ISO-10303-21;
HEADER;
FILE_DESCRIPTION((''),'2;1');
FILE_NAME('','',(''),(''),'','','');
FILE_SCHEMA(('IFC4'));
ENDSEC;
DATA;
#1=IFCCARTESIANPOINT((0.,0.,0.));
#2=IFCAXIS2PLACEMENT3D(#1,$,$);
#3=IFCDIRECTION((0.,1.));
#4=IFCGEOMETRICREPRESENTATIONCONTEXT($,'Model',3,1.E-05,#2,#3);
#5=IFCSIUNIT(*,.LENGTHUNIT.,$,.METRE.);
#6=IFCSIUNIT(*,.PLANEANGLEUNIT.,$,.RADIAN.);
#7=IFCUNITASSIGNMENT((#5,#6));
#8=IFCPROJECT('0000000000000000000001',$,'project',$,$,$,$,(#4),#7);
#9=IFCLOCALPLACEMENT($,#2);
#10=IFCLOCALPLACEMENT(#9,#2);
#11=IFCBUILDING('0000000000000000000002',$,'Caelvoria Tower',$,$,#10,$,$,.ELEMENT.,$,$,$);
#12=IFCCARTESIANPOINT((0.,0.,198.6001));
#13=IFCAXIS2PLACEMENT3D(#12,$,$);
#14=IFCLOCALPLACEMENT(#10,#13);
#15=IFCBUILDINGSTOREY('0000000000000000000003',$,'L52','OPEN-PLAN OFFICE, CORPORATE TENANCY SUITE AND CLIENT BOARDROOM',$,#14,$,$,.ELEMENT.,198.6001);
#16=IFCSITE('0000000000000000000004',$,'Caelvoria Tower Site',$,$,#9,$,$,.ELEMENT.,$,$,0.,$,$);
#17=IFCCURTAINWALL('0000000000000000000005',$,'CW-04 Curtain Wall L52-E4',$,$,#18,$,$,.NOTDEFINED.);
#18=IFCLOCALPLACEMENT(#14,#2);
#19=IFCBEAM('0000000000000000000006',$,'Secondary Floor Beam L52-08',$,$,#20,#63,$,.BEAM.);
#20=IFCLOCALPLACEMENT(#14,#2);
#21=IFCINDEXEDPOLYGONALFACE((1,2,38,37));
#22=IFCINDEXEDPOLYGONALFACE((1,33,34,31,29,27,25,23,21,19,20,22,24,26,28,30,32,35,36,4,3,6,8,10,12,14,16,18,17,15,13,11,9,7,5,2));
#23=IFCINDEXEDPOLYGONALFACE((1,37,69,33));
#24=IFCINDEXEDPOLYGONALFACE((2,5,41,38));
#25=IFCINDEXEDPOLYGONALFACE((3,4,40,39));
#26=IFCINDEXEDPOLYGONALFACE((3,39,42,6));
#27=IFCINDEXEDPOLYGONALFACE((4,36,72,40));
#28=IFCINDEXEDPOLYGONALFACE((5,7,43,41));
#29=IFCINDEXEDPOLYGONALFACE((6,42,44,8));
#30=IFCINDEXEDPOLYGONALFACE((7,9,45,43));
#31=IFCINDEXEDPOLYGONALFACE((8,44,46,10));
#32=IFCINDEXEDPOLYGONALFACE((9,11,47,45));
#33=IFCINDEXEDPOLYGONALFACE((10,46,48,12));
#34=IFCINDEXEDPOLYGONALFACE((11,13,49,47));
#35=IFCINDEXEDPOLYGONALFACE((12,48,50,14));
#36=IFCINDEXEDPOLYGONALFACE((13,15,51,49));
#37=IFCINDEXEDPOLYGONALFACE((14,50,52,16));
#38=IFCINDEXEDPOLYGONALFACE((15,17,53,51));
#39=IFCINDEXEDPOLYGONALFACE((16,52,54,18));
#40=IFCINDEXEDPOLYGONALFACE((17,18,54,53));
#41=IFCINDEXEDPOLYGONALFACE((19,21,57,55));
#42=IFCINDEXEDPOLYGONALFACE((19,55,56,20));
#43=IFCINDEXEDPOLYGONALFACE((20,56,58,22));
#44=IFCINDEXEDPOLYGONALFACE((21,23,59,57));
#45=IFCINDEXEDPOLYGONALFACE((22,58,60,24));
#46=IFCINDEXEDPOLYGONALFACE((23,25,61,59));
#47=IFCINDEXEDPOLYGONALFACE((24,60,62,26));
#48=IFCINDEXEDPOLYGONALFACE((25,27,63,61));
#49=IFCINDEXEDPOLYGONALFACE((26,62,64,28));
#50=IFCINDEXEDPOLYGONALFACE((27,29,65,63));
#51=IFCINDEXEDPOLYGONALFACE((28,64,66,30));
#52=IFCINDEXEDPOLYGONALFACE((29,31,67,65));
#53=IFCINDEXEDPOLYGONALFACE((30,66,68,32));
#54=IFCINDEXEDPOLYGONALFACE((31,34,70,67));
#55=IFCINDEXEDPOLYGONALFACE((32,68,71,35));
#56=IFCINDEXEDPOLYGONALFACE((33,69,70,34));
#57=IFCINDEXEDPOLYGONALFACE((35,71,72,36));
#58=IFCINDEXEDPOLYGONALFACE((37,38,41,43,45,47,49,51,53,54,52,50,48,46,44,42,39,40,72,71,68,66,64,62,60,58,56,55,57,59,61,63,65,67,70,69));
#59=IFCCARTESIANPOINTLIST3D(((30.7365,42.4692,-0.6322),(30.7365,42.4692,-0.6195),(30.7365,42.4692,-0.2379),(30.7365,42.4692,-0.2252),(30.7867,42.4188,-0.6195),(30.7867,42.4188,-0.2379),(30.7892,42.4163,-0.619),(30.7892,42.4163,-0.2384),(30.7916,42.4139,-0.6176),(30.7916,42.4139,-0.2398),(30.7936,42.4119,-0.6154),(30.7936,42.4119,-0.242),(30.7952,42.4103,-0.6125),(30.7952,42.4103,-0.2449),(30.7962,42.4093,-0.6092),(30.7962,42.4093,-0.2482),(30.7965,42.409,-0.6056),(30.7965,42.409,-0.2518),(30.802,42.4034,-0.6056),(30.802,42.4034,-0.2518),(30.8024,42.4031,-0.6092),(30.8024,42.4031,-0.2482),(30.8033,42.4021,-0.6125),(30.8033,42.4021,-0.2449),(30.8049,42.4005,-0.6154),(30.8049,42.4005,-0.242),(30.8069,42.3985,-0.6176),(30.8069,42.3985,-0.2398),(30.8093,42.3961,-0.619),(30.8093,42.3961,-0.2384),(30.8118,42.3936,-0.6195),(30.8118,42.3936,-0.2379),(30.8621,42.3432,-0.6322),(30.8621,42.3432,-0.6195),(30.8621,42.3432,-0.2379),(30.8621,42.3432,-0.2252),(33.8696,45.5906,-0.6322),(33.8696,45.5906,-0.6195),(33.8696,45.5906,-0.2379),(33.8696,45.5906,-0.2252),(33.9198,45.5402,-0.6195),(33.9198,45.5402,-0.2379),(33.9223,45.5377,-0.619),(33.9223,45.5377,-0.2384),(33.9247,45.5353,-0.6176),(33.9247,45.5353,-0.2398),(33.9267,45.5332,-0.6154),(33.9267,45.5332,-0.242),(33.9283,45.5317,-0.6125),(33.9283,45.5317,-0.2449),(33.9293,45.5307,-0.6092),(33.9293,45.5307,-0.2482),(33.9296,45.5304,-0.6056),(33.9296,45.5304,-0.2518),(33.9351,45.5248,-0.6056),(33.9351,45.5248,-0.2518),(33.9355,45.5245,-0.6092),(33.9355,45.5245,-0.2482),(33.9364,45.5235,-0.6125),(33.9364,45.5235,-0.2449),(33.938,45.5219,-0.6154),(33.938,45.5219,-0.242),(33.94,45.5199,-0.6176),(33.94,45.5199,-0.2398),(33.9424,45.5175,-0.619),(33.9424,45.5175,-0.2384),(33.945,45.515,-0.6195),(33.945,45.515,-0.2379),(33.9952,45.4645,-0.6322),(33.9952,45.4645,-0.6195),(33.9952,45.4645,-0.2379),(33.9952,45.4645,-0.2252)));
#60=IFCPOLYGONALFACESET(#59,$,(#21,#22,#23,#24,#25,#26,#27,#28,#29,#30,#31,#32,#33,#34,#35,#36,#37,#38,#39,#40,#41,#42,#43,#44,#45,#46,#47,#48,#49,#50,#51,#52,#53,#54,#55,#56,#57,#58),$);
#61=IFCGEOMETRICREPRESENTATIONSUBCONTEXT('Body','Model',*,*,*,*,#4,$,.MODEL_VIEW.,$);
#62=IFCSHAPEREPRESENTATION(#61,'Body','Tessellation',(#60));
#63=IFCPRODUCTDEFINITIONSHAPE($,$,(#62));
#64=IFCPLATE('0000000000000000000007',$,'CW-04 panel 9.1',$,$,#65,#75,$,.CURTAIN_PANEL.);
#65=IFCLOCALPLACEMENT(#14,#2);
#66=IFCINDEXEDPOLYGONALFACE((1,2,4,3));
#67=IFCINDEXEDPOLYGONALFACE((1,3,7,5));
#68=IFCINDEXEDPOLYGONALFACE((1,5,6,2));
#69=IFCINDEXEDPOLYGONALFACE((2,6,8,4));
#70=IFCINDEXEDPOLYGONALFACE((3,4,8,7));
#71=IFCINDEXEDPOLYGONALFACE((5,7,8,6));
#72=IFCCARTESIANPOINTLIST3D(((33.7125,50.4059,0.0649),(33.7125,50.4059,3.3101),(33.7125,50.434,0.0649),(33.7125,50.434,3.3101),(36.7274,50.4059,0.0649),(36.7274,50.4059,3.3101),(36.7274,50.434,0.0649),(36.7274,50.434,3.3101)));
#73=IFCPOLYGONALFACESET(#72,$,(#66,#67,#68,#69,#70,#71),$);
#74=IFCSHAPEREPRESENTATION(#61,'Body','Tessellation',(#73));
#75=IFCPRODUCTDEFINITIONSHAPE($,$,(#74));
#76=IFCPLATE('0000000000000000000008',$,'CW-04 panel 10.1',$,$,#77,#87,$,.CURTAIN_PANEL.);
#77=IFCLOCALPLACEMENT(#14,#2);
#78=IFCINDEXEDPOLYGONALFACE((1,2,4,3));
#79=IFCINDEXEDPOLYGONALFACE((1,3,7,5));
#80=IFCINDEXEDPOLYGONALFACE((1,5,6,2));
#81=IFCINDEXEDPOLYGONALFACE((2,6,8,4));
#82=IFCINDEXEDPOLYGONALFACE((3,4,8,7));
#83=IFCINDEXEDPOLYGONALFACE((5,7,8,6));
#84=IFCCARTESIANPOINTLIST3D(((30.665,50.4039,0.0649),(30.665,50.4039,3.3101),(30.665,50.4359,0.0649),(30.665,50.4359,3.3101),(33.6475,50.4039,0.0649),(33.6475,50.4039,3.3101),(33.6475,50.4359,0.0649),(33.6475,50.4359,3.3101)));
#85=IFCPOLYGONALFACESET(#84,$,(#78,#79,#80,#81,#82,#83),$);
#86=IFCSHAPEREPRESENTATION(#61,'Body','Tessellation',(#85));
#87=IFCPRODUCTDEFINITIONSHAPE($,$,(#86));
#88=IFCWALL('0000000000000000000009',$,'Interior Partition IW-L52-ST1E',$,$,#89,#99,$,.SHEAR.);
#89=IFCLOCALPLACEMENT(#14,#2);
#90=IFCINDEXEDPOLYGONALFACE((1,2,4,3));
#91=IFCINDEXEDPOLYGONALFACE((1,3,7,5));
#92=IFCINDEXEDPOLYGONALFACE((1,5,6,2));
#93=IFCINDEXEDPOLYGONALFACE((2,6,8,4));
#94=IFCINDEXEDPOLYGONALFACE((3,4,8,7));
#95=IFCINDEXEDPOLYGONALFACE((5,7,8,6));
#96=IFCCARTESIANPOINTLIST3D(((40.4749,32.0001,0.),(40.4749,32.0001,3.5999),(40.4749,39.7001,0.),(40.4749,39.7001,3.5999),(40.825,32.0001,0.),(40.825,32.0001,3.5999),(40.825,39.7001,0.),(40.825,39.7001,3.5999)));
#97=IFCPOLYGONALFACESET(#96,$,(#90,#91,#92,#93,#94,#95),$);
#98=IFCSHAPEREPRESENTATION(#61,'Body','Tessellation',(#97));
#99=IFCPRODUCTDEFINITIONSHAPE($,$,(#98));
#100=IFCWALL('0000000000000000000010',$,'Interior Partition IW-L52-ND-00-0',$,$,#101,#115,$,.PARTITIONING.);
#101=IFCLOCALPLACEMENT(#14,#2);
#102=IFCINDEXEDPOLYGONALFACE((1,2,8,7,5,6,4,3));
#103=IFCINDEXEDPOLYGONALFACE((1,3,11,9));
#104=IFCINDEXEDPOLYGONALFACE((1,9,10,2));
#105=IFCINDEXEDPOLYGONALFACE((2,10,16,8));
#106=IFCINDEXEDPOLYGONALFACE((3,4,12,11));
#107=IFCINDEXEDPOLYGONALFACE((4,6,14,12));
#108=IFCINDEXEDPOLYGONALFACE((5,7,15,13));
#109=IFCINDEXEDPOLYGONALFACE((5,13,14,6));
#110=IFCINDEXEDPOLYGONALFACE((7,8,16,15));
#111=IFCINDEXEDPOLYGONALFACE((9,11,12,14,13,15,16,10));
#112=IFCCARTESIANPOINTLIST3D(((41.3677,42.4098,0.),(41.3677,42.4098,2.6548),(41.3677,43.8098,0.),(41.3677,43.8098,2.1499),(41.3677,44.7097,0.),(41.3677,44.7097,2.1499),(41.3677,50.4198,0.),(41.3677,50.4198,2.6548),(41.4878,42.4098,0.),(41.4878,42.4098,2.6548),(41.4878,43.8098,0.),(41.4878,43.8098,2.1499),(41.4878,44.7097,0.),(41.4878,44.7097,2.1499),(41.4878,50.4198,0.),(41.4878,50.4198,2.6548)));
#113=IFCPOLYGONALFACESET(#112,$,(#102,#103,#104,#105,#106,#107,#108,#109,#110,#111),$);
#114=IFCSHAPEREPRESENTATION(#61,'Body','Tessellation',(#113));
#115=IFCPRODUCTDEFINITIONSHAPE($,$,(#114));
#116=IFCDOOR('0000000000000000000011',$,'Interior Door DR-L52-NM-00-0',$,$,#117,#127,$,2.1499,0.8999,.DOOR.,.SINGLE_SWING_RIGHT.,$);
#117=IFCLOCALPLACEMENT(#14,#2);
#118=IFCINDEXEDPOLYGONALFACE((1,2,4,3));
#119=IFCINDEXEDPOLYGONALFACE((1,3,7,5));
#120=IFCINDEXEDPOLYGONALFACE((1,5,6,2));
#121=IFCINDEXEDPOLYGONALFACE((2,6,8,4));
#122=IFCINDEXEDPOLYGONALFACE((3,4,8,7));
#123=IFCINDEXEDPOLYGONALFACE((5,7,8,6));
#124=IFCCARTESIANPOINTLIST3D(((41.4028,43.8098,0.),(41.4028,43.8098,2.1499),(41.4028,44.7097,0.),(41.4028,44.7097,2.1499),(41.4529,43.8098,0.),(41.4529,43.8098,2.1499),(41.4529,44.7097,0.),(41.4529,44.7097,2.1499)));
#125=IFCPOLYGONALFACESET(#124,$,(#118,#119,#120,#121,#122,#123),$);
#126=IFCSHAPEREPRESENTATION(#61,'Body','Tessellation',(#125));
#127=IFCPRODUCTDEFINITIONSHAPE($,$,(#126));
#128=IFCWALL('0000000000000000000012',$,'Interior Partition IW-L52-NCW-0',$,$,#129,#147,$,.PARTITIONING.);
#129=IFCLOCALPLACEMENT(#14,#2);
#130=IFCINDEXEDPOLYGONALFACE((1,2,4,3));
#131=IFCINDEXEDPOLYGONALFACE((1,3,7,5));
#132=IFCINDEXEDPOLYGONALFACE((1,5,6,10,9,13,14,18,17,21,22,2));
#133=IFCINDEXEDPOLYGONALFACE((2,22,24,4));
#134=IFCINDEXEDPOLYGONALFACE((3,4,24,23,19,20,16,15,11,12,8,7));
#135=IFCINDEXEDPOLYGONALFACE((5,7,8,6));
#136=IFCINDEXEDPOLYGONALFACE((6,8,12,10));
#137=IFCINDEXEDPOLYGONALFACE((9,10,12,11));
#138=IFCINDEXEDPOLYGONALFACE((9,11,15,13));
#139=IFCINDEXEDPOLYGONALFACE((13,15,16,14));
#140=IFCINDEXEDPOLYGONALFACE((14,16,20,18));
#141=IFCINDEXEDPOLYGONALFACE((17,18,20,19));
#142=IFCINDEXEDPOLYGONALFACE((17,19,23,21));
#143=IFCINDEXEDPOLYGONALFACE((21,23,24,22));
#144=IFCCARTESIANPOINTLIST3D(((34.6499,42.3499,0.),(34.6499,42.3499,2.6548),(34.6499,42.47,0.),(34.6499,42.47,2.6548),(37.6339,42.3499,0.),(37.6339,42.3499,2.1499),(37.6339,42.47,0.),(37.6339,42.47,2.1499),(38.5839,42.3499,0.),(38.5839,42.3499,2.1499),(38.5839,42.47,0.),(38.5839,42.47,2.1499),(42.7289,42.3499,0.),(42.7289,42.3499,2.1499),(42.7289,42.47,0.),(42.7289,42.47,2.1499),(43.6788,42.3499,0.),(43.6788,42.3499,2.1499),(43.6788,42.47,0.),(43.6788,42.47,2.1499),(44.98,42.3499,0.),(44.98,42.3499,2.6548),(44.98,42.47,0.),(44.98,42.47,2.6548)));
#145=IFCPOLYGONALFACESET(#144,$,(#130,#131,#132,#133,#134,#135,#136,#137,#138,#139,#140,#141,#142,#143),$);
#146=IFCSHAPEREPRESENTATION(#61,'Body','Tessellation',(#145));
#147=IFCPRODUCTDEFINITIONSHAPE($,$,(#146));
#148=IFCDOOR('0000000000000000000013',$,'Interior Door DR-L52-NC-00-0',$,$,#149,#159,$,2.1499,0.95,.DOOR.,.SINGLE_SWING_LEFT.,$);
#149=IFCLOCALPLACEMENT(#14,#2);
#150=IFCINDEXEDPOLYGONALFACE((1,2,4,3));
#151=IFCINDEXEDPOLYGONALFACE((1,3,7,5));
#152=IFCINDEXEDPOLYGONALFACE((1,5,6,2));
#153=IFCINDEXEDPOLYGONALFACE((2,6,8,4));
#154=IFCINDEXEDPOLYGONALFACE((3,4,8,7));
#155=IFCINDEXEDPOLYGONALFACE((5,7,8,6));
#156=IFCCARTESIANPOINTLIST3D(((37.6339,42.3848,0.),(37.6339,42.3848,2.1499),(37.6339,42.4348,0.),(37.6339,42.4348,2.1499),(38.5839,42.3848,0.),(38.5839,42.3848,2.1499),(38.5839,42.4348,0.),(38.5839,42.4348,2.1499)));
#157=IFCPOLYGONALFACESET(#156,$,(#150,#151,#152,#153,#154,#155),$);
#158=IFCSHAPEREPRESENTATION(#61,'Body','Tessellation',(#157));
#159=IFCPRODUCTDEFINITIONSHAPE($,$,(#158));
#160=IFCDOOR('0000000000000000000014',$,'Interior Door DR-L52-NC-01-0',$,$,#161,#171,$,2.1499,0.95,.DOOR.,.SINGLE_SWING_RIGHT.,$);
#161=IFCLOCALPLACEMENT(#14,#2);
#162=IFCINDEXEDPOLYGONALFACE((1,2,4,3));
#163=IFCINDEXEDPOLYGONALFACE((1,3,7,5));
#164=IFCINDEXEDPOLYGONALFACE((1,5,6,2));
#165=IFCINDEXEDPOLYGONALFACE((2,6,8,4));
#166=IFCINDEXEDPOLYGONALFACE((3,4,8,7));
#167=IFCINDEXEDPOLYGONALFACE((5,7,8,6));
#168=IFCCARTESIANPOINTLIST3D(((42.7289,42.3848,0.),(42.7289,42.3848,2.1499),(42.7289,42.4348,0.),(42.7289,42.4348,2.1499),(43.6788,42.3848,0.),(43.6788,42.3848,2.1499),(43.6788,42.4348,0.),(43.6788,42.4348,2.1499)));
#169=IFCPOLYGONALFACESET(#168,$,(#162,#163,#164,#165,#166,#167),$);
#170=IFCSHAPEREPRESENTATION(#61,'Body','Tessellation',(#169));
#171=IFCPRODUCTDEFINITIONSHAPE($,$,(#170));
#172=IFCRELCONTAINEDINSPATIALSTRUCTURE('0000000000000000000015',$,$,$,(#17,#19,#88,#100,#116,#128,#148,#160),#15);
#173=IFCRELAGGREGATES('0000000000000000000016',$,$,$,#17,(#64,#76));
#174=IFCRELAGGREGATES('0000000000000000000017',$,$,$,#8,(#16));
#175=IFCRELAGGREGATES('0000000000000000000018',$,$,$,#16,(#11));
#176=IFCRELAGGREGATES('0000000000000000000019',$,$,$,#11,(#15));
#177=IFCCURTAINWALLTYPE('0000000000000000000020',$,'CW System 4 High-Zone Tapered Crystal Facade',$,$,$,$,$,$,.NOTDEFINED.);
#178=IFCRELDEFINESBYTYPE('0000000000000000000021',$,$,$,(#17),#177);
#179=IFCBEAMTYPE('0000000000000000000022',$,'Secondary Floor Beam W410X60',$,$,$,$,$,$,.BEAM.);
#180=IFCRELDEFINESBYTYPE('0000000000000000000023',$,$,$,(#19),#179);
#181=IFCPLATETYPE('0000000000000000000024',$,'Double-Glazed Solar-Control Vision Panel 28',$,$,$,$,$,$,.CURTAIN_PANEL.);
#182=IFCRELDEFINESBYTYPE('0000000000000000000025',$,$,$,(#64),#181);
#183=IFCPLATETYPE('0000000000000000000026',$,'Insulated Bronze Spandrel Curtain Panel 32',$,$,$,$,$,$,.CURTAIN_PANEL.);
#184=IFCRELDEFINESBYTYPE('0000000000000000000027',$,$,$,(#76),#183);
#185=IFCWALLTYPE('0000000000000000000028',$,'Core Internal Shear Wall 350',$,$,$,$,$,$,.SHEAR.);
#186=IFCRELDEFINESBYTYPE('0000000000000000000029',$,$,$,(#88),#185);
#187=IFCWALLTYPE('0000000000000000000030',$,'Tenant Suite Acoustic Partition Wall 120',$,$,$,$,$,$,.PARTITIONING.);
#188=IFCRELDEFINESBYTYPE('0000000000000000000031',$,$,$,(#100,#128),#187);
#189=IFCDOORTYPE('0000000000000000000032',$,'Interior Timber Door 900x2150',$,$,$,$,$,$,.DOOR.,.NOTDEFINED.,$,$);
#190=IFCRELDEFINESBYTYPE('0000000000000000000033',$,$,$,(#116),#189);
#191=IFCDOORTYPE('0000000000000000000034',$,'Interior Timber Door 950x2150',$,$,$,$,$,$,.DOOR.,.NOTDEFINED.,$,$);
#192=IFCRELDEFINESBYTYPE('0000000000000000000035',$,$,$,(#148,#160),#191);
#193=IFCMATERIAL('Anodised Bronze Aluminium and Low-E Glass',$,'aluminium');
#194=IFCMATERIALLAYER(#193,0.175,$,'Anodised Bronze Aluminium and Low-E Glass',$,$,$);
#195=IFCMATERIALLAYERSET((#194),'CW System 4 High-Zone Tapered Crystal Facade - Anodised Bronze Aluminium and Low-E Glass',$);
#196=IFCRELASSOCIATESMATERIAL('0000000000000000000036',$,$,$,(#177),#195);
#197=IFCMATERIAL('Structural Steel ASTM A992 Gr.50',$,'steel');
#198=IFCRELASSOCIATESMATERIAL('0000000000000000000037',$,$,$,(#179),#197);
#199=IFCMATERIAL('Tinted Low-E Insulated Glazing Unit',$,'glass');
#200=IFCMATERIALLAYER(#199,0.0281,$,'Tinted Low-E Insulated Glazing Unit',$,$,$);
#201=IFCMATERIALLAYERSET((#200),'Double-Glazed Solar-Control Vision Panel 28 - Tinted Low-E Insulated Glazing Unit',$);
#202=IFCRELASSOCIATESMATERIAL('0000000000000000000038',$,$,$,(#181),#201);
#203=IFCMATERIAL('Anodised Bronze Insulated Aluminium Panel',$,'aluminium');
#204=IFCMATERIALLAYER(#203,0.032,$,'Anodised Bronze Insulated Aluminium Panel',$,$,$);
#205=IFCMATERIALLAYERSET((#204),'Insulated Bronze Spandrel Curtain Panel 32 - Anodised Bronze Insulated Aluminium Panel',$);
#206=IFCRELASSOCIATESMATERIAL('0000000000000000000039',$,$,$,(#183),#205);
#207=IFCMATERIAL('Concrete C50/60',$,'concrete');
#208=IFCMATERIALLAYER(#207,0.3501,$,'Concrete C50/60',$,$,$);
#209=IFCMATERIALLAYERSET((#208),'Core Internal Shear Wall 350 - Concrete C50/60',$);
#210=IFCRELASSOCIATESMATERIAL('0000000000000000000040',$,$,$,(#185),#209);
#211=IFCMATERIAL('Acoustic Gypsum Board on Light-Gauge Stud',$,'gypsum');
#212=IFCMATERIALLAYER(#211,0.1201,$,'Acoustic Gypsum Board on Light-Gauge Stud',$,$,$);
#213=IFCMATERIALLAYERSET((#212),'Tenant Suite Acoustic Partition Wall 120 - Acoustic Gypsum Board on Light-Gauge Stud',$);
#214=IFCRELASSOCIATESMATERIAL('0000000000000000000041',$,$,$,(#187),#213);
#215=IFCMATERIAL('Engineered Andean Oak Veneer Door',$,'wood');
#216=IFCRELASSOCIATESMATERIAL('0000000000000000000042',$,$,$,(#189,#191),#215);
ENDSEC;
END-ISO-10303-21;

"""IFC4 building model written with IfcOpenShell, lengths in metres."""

from ifc_helpers import new_model, si_unit, direction, frame, frame_2d, origin, origin_2d, place, context, subcontext, project, spatial, rectangle, i_section, extrude, material, layer, layer_set, material_profile, profile_set, type_object, element, fill, aggregate, save


model = new_model("IFC4")

# Units and contexts
model_context = context("Model", 3, precision=1e-05, world=origin(), true_north=direction((0.0, 1.0)))
body_context = subcontext(model_context, "Body", "Model", "MODEL_VIEW")
ifc_project = project(units=[si_unit("LENGTHUNIT", "METRE"), si_unit("PLANEANGLEUNIT", "RADIAN")], contexts=[model_context])

# Site, building, storey
site_placement = place(None, origin())
site = spatial("IfcSite", under=ifc_project, at=site_placement, Name="Caelvoria Tower Site", CompositionType="ELEMENT", RefElevation=0.0)
building_placement = place(site_placement, origin())
building = spatial("IfcBuilding", under=site, at=building_placement, Name="Caelvoria Tower", CompositionType="ELEMENT")
storey_placement = place(building_placement, frame((0.0, 0.0, 198.6001)))
storey = spatial("IfcBuildingStorey", under=building, at=storey_placement, Name="L52", Description="OPEN-PLAN OFFICE, CORPORATE TENANCY SUITE AND CLIENT BOARDROOM", CompositionType="ELEMENT", Elevation=198.6001)

# Shared definitions
ifc_material_1 = material(Name="Structural Steel ASTM A992 Gr.50", Category="steel")

# Curtain wall
ifc_material_2 = material(Name="Anodised Bronze Aluminium and Low-E Glass", Category="aluminium")
ifc_layer_1 = layer(ifc_material_2, 0.175, Name="Anodised Bronze Aluminium and Low-E Glass")
ifc_layer_set_1 = layer_set([ifc_layer_1], Name="CW System 4 High-Zone Tapered Crystal Facade - Anodised Bronze Aluminium and Low-E Glass")
curtain_wall_type = type_object("IfcCurtainWallType", Name="CW System 4 High-Zone Tapered Crystal Facade", PredefinedType="NOTDEFINED", material=ifc_layer_set_1)
curtain_wall_placement = place(storey_placement, origin())
curtain_wall = element("IfcCurtainWall", 1, at=curtain_wall_placement, inside=storey, type_object=curtain_wall_type, Name="CW-04 Curtain Wall L52-E4", PredefinedType="NOTDEFINED")

# Beam
ifc_material_profile_1 = material_profile(ifc_material_1, i_section(OverallWidth=0.178, OverallDepth=0.407, WebThickness=0.0078, FlangeThickness=0.0127, FilletRadius=0.0139, at=origin_2d()), Name="Structural Steel ASTM A992 Gr.50")
ifc_profile_set_1 = profile_set([ifc_material_profile_1], Name="W410X60 - Structural Steel ASTM A992 Gr.50")
beam_type_1 = type_object("IfcBeamType", Name="Secondary Floor Beam W410X60", PredefinedType="BEAM", material=ifc_profile_set_1)
beam_1_placement = place(storey_placement, frame((33.9324, 45.5276, -0.4287), z_axis=(-0.70843, -0.705781, 0.0), x_axis=(0.705781, -0.70843, 0.0)))
element("IfcBeam", 2, at=beam_1_placement, inside=storey, type_object=beam_type_1, Name="Secondary Floor Beam L52-08", PredefinedType="BEAM", context=body_context, shape_type="SweptSolid", body=[
    extrude(i_section(OverallWidth=0.178, OverallDepth=0.407, WebThickness=0.0078, FlangeThickness=0.0127, FilletRadius=0.0139, at=origin_2d()), origin(), (0.0, 0.0, 1.0), 4.4226),
])

# Plates
ifc_material_3 = material(Name="Tinted Low-E Insulated Glazing Unit", Category="glass")
ifc_layer_2 = layer(ifc_material_3, 0.0281, Name="Tinted Low-E Insulated Glazing Unit")
ifc_layer_set_2 = layer_set([ifc_layer_2], Name="Double-Glazed Solar-Control Vision Panel 28 - Tinted Low-E Insulated Glazing Unit")
plate_type_1 = type_object("IfcPlateType", Name="Double-Glazed Solar-Control Vision Panel 28", PredefinedType="CURTAIN_PANEL", material=ifc_layer_set_2)
plate_1_placement = place(storey_placement, frame((35.22, 50.4199, 0.0649), z_axis=(0.0, 0.0, 1.0), x_axis=(-1.0, 0.0, 0.0)))
plate_1 = element("IfcPlate", 3, at=plate_1_placement, type_object=plate_type_1, Name="CW-04 panel 9.1", PredefinedType="CURTAIN_PANEL", context=body_context, shape_type="SweptSolid", body=[
    extrude(rectangle(XDim=3.0149, YDim=0.0281, at=origin_2d()), origin(), (0.0, 0.0, 1.0), 3.2451),
])
ifc_material_4 = material(Name="Anodised Bronze Insulated Aluminium Panel", Category="aluminium")
ifc_layer_3 = layer(ifc_material_4, 0.032, Name="Anodised Bronze Insulated Aluminium Panel")
ifc_layer_set_3 = layer_set([ifc_layer_3], Name="Insulated Bronze Spandrel Curtain Panel 32 - Anodised Bronze Insulated Aluminium Panel")
plate_type_2 = type_object("IfcPlateType", Name="Insulated Bronze Spandrel Curtain Panel 32", PredefinedType="CURTAIN_PANEL", material=ifc_layer_set_3)
plate_2_placement = place(storey_placement, frame((32.1562, 50.4199, 0.0649), z_axis=(0.0, 0.0, 1.0), x_axis=(-1.0, 0.0, 0.0)))
plate_2 = element("IfcPlate", 4, at=plate_2_placement, type_object=plate_type_2, Name="CW-04 panel 10.1", PredefinedType="CURTAIN_PANEL", context=body_context, shape_type="SweptSolid", body=[
    extrude(rectangle(XDim=2.9824, YDim=0.032, at=origin_2d()), origin(), (0.0, 0.0, 1.0), 3.2451),
])
aggregate(curtain_wall, [plate_1, plate_2])

# Wall
ifc_material_5 = material(Name="Concrete C50/60", Category="concrete")
ifc_layer_4 = layer(ifc_material_5, 0.3501, Name="Concrete C50/60")
ifc_layer_set_4 = layer_set([ifc_layer_4], Name="Core Internal Shear Wall 350 - Concrete C50/60")
wall_type_1 = type_object("IfcWallType", Name="Core Internal Shear Wall 350", PredefinedType="SHEAR", material=ifc_layer_set_4)
wall_1_placement = place(storey_placement, frame((40.6499, 32.0, 0.0), z_axis=(0.0, 0.0, 1.0), x_axis=(0.0, 1.0, 0.0)))
element("IfcWall", 5, at=wall_1_placement, inside=storey, type_object=wall_type_1, Name="Interior Partition IW-L52-ST1E", PredefinedType="SHEAR", context=body_context, shape_type="SweptSolid", body=[
    extrude(rectangle(XDim=7.7, YDim=0.3501, at=frame_2d((3.8501, 0.0))), origin(), (0.0, 0.0, 1.0), 3.5999),
])

# Wall, opening, door
ifc_material_6 = material(Name="Acoustic Gypsum Board on Light-Gauge Stud", Category="gypsum")
ifc_layer_5 = layer(ifc_material_6, 0.1201, Name="Acoustic Gypsum Board on Light-Gauge Stud")
ifc_layer_set_5 = layer_set([ifc_layer_5], Name="Tenant Suite Acoustic Partition Wall 120 - Acoustic Gypsum Board on Light-Gauge Stud")
wall_type_2 = type_object("IfcWallType", Name="Tenant Suite Acoustic Partition Wall 120", PredefinedType="PARTITIONING", material=ifc_layer_set_5)
wall_2_placement = place(storey_placement, frame((41.4277, 42.4099, 0.0), z_axis=(0.0, 0.0, 1.0), x_axis=(0.0, 1.0, 0.0)))
wall_2 = element("IfcWall", 6, at=wall_2_placement, inside=storey, type_object=wall_type_2, Name="Interior Partition IW-L52-ND-00-0", PredefinedType="PARTITIONING", context=body_context, shape_type="SweptSolid", body=[
    extrude(rectangle(XDim=8.01, YDim=0.1201, at=frame_2d((4.0049, 0.0))), origin(), (0.0, 0.0, 1.0), 2.6548),
])
opening_1_placement = place(wall_2_placement, frame((1.3999, 0.0, 0.0)))
opening_1 = element("IfcOpeningElement", 7, at=opening_1_placement, cuts=wall_2, PredefinedType="OPENING", context=body_context, shape_type="SweptSolid", body=[
    extrude(rectangle(XDim=0.8999, YDim=2.1499, at=frame_2d((0.45, 1.075))), frame((0.0, 0.0701, 0.0), z_axis=(0.0, -1.0, 0.0), x_axis=(1.0, 0.0, 0.0)), (0.0, 0.0, 1.0), 0.1401),
])
ifc_material_7 = material(Name="Engineered Andean Oak Veneer Door", Category="wood")
door_type_1 = type_object("IfcDoorType", Name="Interior Timber Door 900x2150", OperationType="NOTDEFINED", PredefinedType="DOOR", material=ifc_material_7)
door_1_placement = place(opening_1_placement, origin())
door_1 = element("IfcDoor", 8, at=door_1_placement, inside=storey, type_object=door_type_1, Name="Interior Door DR-L52-NM-00-0", OperationType="SINGLE_SWING_RIGHT", OverallHeight=2.1499, OverallWidth=0.8999, PredefinedType="DOOR", context=body_context, shape_type="SweptSolid", body=[
    extrude(rectangle(XDim=0.8999, YDim=2.1499, at=frame_2d((0.45, 1.075))), frame((0.0, 0.0249, 0.0), z_axis=(0.0, -1.0, 0.0), x_axis=(1.0, 0.0, 0.0)), (0.0, 0.0, 1.0), 0.05),
])
fill(opening_1, door_1)

# Wall, openings, doors
wall_3_placement = place(storey_placement, frame((34.6499, 42.4099, 0.0), z_axis=(0.0, 0.0, 1.0), x_axis=(1.0, 0.0, 0.0)))
wall_3 = element("IfcWall", 9, at=wall_3_placement, inside=storey, type_object=wall_type_2, Name="Interior Partition IW-L52-NCW-0", PredefinedType="PARTITIONING", context=body_context, shape_type="SweptSolid", body=[
    extrude(rectangle(XDim=10.3301, YDim=0.1201, at=frame_2d((5.165, 0.0))), origin(), (0.0, 0.0, 1.0), 2.6548),
])
opening_2_placement = place(wall_3_placement, frame((2.9839, 0.0, 0.0)))
opening_2 = element("IfcOpeningElement", 10, at=opening_2_placement, cuts=wall_3, PredefinedType="OPENING", context=body_context, shape_type="SweptSolid", body=[
    extrude(rectangle(XDim=0.95, YDim=2.1499, at=frame_2d((0.4751, 1.075))), frame((0.0, 0.0701, 0.0), z_axis=(0.0, -1.0, 0.0), x_axis=(1.0, 0.0, 0.0)), (0.0, 0.0, 1.0), 0.1401),
])
opening_3_placement = place(wall_3_placement, frame((8.0789, 0.0, 0.0)))
opening_3 = element("IfcOpeningElement", 11, at=opening_3_placement, cuts=wall_3, PredefinedType="OPENING", context=body_context, shape_type="SweptSolid", body=[
    extrude(rectangle(XDim=0.95, YDim=2.1499, at=frame_2d((0.4751, 1.075))), frame((0.0, 0.0701, 0.0), z_axis=(0.0, -1.0, 0.0), x_axis=(1.0, 0.0, 0.0)), (0.0, 0.0, 1.0), 0.1401),
])
door_type_2 = type_object("IfcDoorType", Name="Interior Timber Door 950x2150", OperationType="NOTDEFINED", PredefinedType="DOOR", material=ifc_material_7)
door_2_placement = place(opening_2_placement, origin())
door_2 = element("IfcDoor", 12, at=door_2_placement, inside=storey, type_object=door_type_2, Name="Interior Door DR-L52-NC-00-0", OperationType="SINGLE_SWING_LEFT", OverallHeight=2.1499, OverallWidth=0.95, PredefinedType="DOOR", context=body_context, shape_type="SweptSolid", body=[
    extrude(rectangle(XDim=0.95, YDim=2.1499, at=frame_2d((0.4751, 1.075))), frame((0.0, 0.0249, 0.0), z_axis=(0.0, -1.0, 0.0), x_axis=(1.0, 0.0, 0.0)), (0.0, 0.0, 1.0), 0.05),
])
fill(opening_2, door_2)
door_3_placement = place(opening_3_placement, origin())
door_3 = element("IfcDoor", 13, at=door_3_placement, inside=storey, type_object=door_type_2, Name="Interior Door DR-L52-NC-01-0", OperationType="SINGLE_SWING_RIGHT", OverallHeight=2.1499, OverallWidth=0.95, PredefinedType="DOOR", context=body_context, shape_type="SweptSolid", body=[
    extrude(rectangle(XDim=0.95, YDim=2.1499, at=frame_2d((0.4751, 1.075))), frame((0.0, 0.0249, 0.0), z_axis=(0.0, -1.0, 0.0), x_axis=(1.0, 0.0, 0.0)), (0.0, 0.0, 1.0), 0.05),
])
fill(opening_3, door_3)

save(model, "model.ifc")
